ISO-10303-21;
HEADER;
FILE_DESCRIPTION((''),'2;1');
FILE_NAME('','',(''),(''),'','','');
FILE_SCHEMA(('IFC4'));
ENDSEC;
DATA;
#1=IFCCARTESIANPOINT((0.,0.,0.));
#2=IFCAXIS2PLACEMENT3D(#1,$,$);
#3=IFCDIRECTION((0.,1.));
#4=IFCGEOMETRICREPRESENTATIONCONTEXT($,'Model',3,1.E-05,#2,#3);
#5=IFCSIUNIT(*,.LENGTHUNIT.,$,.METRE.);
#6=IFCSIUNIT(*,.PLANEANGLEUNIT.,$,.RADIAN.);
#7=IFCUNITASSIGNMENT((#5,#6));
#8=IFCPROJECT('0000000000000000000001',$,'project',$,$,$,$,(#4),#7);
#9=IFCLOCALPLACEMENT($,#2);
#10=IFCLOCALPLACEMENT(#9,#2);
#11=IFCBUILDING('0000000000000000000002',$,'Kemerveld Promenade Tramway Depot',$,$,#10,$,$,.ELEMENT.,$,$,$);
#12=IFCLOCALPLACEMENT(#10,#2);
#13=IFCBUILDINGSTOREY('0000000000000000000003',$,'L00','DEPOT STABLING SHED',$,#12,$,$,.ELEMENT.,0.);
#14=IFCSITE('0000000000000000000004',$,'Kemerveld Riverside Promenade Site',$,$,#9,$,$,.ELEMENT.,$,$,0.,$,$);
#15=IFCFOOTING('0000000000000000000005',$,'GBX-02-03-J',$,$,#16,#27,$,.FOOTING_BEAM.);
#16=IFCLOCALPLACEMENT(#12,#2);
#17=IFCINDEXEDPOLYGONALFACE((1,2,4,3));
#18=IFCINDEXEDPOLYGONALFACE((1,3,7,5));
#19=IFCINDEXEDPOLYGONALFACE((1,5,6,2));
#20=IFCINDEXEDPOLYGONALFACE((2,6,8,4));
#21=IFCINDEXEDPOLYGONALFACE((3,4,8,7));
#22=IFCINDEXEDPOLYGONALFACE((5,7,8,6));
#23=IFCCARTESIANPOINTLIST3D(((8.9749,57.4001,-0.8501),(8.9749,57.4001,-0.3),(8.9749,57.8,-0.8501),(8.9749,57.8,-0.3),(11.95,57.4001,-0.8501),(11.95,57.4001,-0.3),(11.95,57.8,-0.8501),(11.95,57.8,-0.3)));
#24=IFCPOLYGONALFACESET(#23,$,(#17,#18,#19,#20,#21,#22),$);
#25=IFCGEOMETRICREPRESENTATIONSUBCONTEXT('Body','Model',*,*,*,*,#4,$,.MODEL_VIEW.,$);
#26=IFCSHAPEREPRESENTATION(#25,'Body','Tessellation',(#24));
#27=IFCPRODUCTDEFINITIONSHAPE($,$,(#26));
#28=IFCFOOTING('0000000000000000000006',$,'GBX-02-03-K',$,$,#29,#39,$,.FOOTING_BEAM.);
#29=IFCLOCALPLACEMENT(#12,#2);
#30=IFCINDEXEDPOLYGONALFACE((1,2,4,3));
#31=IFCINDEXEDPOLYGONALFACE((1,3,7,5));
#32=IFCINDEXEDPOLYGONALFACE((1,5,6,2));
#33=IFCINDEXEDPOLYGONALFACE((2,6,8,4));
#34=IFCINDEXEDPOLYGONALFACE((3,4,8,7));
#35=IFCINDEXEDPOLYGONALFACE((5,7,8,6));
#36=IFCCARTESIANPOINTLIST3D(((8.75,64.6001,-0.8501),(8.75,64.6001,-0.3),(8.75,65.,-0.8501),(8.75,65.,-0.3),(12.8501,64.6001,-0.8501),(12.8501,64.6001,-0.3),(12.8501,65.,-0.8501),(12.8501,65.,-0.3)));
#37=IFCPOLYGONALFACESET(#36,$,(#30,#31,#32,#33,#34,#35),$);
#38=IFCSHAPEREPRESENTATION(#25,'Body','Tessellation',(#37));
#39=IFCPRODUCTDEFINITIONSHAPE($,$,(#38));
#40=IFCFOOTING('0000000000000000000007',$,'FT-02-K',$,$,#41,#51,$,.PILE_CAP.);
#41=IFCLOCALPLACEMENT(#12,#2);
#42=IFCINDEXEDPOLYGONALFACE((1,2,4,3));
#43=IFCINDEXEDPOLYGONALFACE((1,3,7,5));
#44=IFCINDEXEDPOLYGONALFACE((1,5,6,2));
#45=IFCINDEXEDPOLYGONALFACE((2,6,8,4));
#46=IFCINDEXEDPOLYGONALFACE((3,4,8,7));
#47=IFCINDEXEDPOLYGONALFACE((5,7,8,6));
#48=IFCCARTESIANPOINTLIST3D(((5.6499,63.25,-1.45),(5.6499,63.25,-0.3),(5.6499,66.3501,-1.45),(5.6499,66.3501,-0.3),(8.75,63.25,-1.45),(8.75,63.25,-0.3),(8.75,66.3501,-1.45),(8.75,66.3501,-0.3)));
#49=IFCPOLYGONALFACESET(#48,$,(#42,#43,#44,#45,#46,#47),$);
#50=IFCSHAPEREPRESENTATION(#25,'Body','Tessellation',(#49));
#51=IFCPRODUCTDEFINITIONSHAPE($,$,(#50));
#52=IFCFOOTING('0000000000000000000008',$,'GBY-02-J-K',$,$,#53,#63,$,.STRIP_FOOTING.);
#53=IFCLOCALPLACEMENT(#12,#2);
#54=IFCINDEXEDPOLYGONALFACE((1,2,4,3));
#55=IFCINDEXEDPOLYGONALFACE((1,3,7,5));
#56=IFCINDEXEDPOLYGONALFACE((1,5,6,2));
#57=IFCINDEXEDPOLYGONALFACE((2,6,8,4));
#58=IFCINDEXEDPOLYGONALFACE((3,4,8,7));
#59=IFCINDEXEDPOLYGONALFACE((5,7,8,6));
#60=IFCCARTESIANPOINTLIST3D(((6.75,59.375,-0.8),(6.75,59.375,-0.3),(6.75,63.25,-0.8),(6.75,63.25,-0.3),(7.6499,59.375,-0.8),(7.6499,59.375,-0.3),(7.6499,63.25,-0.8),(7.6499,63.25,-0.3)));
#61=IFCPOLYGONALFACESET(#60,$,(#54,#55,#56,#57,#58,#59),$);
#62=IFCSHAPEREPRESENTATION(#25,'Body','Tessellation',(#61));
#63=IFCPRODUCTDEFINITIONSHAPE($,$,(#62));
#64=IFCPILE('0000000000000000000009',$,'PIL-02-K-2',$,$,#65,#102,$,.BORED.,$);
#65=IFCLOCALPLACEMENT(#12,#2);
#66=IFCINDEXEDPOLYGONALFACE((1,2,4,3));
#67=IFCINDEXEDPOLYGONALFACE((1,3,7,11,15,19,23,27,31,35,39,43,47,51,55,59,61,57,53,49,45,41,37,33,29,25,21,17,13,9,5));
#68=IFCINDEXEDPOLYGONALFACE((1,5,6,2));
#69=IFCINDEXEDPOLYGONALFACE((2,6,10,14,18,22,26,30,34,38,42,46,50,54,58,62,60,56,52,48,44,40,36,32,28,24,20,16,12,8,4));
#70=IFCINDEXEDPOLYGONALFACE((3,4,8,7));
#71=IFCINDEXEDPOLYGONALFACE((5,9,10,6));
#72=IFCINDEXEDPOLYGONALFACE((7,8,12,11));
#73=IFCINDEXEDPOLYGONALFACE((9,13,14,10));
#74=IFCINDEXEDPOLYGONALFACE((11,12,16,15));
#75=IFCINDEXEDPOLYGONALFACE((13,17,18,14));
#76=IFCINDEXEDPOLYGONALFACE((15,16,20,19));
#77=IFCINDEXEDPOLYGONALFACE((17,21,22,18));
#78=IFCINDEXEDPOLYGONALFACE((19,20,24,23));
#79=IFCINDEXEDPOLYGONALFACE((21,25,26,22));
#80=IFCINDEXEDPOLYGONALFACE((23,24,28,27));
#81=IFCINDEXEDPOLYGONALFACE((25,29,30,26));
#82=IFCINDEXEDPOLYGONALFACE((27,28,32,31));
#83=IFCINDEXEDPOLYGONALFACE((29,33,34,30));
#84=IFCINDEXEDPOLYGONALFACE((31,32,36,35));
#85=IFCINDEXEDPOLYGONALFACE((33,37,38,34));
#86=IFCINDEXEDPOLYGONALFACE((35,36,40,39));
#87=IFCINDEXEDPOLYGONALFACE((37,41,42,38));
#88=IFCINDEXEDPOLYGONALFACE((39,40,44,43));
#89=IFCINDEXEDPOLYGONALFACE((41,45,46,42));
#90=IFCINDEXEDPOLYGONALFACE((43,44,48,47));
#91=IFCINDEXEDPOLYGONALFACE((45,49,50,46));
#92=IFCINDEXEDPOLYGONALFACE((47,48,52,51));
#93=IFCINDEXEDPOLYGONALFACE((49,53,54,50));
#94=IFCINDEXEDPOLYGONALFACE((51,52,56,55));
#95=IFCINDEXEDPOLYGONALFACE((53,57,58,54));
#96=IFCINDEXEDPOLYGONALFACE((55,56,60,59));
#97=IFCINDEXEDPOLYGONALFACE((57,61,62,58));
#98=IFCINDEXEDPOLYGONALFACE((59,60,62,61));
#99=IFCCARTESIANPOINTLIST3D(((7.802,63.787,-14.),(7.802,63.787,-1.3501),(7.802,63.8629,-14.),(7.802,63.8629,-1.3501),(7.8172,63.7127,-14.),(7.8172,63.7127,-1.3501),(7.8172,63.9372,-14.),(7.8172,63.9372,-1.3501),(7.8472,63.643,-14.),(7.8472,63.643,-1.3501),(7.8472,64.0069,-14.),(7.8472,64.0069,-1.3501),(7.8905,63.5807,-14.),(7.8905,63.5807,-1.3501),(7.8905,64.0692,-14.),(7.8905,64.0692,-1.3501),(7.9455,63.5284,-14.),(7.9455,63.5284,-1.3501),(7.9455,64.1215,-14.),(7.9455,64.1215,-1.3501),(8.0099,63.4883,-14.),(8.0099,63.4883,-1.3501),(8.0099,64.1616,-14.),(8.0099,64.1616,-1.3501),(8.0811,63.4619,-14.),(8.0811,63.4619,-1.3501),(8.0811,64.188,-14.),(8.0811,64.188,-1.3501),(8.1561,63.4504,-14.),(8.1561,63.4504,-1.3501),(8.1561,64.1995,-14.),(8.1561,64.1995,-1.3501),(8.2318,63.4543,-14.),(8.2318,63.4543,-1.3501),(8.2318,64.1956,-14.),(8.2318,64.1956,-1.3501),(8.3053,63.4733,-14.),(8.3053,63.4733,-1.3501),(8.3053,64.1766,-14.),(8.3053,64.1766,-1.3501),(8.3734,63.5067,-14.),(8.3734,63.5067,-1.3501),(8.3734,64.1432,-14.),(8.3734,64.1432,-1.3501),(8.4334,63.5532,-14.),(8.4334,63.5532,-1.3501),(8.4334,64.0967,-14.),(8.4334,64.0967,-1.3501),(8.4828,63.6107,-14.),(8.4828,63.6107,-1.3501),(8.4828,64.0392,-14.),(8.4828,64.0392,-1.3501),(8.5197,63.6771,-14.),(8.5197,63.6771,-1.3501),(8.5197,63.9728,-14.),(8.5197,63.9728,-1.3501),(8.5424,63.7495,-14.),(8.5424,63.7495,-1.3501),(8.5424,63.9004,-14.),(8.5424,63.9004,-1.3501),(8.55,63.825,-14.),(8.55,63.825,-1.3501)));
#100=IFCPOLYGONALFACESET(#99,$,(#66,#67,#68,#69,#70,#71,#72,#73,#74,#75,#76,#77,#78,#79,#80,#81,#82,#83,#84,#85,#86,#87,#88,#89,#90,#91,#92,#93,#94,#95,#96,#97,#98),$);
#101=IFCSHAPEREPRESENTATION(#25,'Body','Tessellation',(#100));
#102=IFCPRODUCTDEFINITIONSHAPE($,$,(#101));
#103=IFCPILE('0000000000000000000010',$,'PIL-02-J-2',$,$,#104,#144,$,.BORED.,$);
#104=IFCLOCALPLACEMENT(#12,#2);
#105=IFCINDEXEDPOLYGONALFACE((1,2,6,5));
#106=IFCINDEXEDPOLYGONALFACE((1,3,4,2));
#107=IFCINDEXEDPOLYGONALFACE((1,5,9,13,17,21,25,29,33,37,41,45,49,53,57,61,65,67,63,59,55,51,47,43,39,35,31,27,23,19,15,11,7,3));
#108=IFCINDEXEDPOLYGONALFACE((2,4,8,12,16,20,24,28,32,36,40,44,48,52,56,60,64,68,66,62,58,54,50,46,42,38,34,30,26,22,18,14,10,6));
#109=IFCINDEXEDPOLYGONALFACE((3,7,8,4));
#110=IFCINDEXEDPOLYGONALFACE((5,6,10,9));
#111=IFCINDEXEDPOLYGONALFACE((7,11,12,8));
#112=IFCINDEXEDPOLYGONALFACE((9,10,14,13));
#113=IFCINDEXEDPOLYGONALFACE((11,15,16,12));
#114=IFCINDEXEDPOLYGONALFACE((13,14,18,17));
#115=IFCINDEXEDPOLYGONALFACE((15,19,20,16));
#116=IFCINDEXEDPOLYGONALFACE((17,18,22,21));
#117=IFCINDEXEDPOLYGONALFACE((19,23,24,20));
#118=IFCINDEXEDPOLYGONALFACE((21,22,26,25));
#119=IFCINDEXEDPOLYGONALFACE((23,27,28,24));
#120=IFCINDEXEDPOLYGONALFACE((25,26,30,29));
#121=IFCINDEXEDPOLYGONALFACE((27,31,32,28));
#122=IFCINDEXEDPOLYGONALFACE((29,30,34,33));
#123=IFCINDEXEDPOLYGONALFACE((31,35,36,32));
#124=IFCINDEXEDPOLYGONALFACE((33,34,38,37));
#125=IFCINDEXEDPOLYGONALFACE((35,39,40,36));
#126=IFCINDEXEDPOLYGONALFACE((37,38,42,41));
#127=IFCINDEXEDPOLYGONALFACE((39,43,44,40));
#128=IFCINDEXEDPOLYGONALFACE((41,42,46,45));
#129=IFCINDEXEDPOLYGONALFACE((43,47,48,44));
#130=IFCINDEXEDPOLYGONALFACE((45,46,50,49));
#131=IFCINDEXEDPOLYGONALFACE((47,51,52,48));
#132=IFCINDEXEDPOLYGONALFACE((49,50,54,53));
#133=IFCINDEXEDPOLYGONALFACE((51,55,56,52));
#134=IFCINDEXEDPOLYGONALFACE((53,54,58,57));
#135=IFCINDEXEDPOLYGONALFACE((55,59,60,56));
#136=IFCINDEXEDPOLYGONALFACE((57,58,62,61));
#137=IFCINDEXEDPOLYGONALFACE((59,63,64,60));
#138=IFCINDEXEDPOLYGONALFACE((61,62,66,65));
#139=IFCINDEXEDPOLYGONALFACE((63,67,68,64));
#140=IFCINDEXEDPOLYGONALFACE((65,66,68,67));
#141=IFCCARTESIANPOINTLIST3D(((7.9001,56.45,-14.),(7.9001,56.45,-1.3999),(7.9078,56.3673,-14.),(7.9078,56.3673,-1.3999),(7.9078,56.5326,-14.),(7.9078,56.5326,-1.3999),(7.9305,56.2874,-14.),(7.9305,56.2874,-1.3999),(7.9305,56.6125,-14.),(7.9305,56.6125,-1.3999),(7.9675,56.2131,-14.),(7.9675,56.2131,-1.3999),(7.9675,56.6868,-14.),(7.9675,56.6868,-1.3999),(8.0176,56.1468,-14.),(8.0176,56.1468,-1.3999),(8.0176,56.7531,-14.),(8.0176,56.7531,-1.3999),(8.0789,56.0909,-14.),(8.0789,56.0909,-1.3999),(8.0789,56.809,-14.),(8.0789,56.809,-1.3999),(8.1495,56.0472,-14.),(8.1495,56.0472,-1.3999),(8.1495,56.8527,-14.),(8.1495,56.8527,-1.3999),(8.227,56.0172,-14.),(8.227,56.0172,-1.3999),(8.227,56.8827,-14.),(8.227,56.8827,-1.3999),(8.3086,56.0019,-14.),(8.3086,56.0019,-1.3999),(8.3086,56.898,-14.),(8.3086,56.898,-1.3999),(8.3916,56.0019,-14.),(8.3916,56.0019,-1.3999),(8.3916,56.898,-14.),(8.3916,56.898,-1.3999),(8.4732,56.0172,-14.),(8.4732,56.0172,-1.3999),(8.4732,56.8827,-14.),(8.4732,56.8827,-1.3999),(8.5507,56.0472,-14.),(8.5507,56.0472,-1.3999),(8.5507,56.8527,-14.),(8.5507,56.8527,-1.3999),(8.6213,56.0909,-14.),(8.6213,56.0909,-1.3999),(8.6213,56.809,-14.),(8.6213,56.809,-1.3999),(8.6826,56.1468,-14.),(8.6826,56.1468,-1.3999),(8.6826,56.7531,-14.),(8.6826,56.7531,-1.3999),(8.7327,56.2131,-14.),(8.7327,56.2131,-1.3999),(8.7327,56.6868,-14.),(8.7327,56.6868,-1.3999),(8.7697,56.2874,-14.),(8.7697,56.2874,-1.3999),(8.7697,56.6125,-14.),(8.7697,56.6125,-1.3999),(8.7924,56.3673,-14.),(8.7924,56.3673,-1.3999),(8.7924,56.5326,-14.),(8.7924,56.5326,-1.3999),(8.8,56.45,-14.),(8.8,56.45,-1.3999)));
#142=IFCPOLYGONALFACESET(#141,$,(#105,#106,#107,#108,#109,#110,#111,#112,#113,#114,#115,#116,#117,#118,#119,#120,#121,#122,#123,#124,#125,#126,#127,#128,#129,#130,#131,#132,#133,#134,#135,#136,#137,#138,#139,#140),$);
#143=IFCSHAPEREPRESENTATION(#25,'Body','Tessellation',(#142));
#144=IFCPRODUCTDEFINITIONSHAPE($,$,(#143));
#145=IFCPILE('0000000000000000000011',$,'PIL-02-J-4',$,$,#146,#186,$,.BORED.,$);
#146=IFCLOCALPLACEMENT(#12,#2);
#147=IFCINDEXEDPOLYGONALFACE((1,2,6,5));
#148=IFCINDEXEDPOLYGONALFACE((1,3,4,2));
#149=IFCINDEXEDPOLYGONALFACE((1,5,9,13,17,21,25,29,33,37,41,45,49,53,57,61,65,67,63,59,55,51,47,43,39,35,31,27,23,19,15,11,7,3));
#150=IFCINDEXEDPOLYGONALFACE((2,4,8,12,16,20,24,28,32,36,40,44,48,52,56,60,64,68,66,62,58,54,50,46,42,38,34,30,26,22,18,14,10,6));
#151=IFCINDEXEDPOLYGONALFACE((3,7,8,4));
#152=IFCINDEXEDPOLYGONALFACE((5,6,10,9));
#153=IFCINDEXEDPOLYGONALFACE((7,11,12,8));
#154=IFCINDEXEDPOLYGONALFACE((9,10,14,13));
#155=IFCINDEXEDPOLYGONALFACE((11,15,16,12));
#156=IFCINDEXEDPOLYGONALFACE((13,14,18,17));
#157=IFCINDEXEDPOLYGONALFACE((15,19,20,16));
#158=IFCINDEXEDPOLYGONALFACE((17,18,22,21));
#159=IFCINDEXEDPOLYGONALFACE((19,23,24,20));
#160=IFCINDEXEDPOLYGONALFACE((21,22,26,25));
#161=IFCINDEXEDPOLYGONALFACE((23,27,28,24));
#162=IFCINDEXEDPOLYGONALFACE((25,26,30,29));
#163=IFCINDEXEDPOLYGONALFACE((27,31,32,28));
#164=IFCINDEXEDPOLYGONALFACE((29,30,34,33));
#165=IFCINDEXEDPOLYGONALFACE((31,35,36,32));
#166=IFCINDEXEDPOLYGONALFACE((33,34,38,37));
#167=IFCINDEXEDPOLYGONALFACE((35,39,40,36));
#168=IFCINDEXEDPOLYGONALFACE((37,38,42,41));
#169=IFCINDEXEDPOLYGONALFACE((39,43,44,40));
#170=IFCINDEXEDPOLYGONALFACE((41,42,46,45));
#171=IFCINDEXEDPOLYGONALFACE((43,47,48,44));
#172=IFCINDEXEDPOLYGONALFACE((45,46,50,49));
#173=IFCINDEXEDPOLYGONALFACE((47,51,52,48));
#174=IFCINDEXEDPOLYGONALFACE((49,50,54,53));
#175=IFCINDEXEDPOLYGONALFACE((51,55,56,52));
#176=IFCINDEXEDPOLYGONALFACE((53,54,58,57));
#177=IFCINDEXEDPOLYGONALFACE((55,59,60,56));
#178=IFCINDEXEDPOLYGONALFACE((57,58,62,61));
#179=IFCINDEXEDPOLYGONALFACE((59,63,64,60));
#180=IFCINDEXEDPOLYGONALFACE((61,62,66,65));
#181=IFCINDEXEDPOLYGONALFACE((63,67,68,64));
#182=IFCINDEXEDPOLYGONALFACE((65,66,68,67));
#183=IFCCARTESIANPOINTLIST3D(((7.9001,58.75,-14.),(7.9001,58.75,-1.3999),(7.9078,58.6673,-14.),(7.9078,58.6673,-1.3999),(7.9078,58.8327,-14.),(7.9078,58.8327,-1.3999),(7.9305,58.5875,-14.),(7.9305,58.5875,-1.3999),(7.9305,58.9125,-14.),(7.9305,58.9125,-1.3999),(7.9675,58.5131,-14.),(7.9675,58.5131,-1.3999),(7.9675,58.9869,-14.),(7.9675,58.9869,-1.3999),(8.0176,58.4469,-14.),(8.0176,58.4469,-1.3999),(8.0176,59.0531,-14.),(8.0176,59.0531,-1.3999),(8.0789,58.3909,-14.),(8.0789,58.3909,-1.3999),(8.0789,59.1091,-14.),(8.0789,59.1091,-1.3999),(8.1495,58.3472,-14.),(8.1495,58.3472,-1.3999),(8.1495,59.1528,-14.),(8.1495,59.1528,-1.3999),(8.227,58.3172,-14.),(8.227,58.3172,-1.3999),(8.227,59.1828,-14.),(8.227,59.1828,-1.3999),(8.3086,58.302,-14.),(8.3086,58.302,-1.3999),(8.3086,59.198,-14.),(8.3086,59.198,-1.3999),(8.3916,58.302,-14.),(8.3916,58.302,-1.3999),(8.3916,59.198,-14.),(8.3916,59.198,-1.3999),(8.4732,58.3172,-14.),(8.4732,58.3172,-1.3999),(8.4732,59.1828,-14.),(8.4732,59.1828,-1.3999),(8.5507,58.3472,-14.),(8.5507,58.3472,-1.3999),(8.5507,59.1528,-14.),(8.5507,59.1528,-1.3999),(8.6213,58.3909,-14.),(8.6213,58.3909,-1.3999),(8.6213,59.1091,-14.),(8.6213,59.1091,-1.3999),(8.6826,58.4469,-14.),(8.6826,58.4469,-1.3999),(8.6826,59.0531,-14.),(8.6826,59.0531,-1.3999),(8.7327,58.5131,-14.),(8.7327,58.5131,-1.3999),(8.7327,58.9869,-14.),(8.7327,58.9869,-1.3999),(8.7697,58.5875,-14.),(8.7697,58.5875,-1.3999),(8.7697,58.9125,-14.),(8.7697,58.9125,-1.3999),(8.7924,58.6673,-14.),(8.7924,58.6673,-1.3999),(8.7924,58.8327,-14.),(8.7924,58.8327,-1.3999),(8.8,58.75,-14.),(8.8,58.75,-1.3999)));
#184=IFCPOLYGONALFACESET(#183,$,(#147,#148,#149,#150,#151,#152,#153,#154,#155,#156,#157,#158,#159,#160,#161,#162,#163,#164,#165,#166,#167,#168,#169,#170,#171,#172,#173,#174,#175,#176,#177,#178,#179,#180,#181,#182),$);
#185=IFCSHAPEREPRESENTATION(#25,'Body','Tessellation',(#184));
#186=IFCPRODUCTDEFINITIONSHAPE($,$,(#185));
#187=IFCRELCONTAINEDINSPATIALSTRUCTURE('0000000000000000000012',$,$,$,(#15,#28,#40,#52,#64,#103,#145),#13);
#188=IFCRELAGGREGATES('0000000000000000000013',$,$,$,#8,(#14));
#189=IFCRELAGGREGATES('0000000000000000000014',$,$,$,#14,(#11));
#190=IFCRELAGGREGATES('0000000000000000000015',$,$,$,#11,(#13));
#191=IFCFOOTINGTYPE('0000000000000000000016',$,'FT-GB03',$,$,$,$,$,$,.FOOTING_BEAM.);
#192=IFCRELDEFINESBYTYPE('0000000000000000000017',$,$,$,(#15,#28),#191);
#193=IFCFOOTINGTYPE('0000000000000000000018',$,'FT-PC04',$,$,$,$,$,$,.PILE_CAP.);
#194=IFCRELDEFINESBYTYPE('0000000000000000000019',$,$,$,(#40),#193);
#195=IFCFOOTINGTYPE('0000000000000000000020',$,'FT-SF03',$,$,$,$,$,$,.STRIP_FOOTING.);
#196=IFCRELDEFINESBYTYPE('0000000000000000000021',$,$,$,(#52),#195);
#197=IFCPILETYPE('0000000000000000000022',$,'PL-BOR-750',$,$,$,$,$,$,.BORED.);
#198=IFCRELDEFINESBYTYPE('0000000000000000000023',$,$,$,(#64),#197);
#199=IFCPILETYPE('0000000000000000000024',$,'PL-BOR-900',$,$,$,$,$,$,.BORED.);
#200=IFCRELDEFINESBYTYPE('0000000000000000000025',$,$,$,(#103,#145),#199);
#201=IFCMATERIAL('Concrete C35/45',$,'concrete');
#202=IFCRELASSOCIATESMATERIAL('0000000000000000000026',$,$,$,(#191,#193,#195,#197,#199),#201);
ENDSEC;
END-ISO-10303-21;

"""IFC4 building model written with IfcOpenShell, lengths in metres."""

from ifc_helpers import new_model, si_unit, direction, frame, origin, origin_2d, place, context, subcontext, project, spatial, rectangle, circle, extrude, material, material_profile, profile_set, type_object, element, save


model = new_model("IFC4")

# Units and contexts
model_context = context("Model", 3, precision=1e-05, world=origin(), true_north=direction((0.0, 1.0)))
body_context = subcontext(model_context, "Body", "Model", "MODEL_VIEW")
ifc_project = project(units=[si_unit("LENGTHUNIT", "METRE"), si_unit("PLANEANGLEUNIT", "RADIAN")], contexts=[model_context])

# Site, building, storey
site_placement = place(None, origin())
site = spatial("IfcSite", under=ifc_project, at=site_placement, Name="Kemerveld Riverside Promenade Site", CompositionType="ELEMENT", RefElevation=0.0)
building_placement = place(site_placement, origin())
building = spatial("IfcBuilding", under=site, at=building_placement, Name="Kemerveld Promenade Tramway Depot", CompositionType="ELEMENT")
storey_placement = place(building_placement, origin())
storey = spatial("IfcBuildingStorey", under=building, at=storey_placement, Name="L00", Description="DEPOT STABLING SHED", CompositionType="ELEMENT", Elevation=0.0)

# Footings
ifc_material_1 = material(Name="Concrete C35/45", Category="concrete")
footing_type_1 = type_object("IfcFootingType", Name="FT-GB03", PredefinedType="FOOTING_BEAM", material=ifc_material_1)
footing_1_placement = place(storey_placement, frame((10.4624, 57.6001, -0.8501), z_axis=(0.0, 0.0, 1.0), x_axis=(1.0, 0.0, 0.0)))
element("IfcFooting", 1, at=footing_1_placement, inside=storey, type_object=footing_type_1, Name="GBX-02-03-J", PredefinedType="FOOTING_BEAM", context=body_context, shape_type="SweptSolid", body=[
    extrude(rectangle(XDim=2.9751, YDim=0.3999, at=origin_2d()), origin(), (0.0, 0.0, 1.0), 0.55),
])
footing_2_placement = place(storey_placement, frame((10.8, 64.8, -0.8501), z_axis=(0.0, 0.0, 1.0), x_axis=(1.0, 0.0, 0.0)))
element("IfcFooting", 2, at=footing_2_placement, inside=storey, type_object=footing_type_1, Name="GBX-02-03-K", PredefinedType="FOOTING_BEAM", context=body_context, shape_type="SweptSolid", body=[
    extrude(rectangle(XDim=4.1001, YDim=0.3999, at=origin_2d()), origin(), (0.0, 0.0, 1.0), 0.55),
])
footing_type_2 = type_object("IfcFootingType", Name="FT-PC04", PredefinedType="PILE_CAP", material=ifc_material_1)
footing_3_placement = place(storey_placement, frame((7.2, 64.8, -1.45), z_axis=(0.0, 0.0, 1.0), x_axis=(1.0, 0.0, 0.0)))
element("IfcFooting", 3, at=footing_3_placement, inside=storey, type_object=footing_type_2, Name="FT-02-K", PredefinedType="PILE_CAP", context=body_context, shape_type="SweptSolid", body=[
    extrude(rectangle(XDim=3.1001, YDim=3.1001, at=origin_2d()), origin(), (0.0, 0.0, 1.0), 1.1499),
])
footing_type_3 = type_object("IfcFootingType", Name="FT-SF03", PredefinedType="STRIP_FOOTING", material=ifc_material_1)
footing_4_placement = place(storey_placement, frame((7.2, 61.3125, -0.8), z_axis=(0.0, 0.0, 1.0), x_axis=(0.0, 1.0, 0.0)))
element("IfcFooting", 4, at=footing_4_placement, inside=storey, type_object=footing_type_3, Name="GBY-02-J-K", PredefinedType="STRIP_FOOTING", context=body_context, shape_type="SweptSolid", body=[
    extrude(rectangle(XDim=3.875, YDim=0.8999, at=origin_2d()), origin(), (0.0, 0.0, 1.0), 0.5),
])

# Piles
ifc_material_profile_1 = material_profile(ifc_material_1, circle(Radius=0.375, at=origin_2d()), Name="PILE-D750")
ifc_profile_set_1 = profile_set([ifc_material_profile_1], Name="Concrete C35/45")
pile_type_1 = type_object("IfcPileType", Name="PL-BOR-750", PredefinedType="BORED", material=ifc_profile_set_1)
pile_placement = place(storey_placement, frame((8.175, 63.825, -1.3501), z_axis=(0.0, 0.0, -1.0), x_axis=(1.0, 0.0, 0.0)))
element("IfcPile", 5, at=pile_placement, inside=storey, type_object=pile_type_1, Name="PIL-02-K-2", PredefinedType="BORED", context=body_context, shape_type="SweptSolid", body=[
    extrude(circle(Radius=0.375, at=origin_2d()), origin(), (0.0, 0.0, 1.0), 12.6499),
])
ifc_material_profile_2 = material_profile(ifc_material_1, circle(Radius=0.45, at=origin_2d()), Name="PILE-D900")
ifc_profile_set_2 = profile_set([ifc_material_profile_2], Name="Concrete C35/45")
pile_type_2 = type_object("IfcPileType", Name="PL-BOR-900", PredefinedType="BORED", material=ifc_profile_set_2)
for number, where, z_axis, x_axis, name in (
    (6, (8.3501, 56.45, -1.3999), (0.0, 0.0, -1.0), (1.0, 0.0, 0.0), "PIL-02-J-2"),
    (7, (8.3501, 58.75, -1.3999), (0.0, 0.0, -1.0), (1.0, 0.0, 0.0), "PIL-02-J-4"),
):
    element("IfcPile", number, at=place(storey_placement, frame(where, z_axis=z_axis, x_axis=x_axis)), inside=storey, type_object=pile_type_2, Name=name, PredefinedType="BORED", context=body_context, shape_type="SweptSolid", body=[
        extrude(circle(Radius=0.45, at=origin_2d()), origin(), (0.0, 0.0, 1.0), 12.6001),
    ])

save(model, "model.ifc")
